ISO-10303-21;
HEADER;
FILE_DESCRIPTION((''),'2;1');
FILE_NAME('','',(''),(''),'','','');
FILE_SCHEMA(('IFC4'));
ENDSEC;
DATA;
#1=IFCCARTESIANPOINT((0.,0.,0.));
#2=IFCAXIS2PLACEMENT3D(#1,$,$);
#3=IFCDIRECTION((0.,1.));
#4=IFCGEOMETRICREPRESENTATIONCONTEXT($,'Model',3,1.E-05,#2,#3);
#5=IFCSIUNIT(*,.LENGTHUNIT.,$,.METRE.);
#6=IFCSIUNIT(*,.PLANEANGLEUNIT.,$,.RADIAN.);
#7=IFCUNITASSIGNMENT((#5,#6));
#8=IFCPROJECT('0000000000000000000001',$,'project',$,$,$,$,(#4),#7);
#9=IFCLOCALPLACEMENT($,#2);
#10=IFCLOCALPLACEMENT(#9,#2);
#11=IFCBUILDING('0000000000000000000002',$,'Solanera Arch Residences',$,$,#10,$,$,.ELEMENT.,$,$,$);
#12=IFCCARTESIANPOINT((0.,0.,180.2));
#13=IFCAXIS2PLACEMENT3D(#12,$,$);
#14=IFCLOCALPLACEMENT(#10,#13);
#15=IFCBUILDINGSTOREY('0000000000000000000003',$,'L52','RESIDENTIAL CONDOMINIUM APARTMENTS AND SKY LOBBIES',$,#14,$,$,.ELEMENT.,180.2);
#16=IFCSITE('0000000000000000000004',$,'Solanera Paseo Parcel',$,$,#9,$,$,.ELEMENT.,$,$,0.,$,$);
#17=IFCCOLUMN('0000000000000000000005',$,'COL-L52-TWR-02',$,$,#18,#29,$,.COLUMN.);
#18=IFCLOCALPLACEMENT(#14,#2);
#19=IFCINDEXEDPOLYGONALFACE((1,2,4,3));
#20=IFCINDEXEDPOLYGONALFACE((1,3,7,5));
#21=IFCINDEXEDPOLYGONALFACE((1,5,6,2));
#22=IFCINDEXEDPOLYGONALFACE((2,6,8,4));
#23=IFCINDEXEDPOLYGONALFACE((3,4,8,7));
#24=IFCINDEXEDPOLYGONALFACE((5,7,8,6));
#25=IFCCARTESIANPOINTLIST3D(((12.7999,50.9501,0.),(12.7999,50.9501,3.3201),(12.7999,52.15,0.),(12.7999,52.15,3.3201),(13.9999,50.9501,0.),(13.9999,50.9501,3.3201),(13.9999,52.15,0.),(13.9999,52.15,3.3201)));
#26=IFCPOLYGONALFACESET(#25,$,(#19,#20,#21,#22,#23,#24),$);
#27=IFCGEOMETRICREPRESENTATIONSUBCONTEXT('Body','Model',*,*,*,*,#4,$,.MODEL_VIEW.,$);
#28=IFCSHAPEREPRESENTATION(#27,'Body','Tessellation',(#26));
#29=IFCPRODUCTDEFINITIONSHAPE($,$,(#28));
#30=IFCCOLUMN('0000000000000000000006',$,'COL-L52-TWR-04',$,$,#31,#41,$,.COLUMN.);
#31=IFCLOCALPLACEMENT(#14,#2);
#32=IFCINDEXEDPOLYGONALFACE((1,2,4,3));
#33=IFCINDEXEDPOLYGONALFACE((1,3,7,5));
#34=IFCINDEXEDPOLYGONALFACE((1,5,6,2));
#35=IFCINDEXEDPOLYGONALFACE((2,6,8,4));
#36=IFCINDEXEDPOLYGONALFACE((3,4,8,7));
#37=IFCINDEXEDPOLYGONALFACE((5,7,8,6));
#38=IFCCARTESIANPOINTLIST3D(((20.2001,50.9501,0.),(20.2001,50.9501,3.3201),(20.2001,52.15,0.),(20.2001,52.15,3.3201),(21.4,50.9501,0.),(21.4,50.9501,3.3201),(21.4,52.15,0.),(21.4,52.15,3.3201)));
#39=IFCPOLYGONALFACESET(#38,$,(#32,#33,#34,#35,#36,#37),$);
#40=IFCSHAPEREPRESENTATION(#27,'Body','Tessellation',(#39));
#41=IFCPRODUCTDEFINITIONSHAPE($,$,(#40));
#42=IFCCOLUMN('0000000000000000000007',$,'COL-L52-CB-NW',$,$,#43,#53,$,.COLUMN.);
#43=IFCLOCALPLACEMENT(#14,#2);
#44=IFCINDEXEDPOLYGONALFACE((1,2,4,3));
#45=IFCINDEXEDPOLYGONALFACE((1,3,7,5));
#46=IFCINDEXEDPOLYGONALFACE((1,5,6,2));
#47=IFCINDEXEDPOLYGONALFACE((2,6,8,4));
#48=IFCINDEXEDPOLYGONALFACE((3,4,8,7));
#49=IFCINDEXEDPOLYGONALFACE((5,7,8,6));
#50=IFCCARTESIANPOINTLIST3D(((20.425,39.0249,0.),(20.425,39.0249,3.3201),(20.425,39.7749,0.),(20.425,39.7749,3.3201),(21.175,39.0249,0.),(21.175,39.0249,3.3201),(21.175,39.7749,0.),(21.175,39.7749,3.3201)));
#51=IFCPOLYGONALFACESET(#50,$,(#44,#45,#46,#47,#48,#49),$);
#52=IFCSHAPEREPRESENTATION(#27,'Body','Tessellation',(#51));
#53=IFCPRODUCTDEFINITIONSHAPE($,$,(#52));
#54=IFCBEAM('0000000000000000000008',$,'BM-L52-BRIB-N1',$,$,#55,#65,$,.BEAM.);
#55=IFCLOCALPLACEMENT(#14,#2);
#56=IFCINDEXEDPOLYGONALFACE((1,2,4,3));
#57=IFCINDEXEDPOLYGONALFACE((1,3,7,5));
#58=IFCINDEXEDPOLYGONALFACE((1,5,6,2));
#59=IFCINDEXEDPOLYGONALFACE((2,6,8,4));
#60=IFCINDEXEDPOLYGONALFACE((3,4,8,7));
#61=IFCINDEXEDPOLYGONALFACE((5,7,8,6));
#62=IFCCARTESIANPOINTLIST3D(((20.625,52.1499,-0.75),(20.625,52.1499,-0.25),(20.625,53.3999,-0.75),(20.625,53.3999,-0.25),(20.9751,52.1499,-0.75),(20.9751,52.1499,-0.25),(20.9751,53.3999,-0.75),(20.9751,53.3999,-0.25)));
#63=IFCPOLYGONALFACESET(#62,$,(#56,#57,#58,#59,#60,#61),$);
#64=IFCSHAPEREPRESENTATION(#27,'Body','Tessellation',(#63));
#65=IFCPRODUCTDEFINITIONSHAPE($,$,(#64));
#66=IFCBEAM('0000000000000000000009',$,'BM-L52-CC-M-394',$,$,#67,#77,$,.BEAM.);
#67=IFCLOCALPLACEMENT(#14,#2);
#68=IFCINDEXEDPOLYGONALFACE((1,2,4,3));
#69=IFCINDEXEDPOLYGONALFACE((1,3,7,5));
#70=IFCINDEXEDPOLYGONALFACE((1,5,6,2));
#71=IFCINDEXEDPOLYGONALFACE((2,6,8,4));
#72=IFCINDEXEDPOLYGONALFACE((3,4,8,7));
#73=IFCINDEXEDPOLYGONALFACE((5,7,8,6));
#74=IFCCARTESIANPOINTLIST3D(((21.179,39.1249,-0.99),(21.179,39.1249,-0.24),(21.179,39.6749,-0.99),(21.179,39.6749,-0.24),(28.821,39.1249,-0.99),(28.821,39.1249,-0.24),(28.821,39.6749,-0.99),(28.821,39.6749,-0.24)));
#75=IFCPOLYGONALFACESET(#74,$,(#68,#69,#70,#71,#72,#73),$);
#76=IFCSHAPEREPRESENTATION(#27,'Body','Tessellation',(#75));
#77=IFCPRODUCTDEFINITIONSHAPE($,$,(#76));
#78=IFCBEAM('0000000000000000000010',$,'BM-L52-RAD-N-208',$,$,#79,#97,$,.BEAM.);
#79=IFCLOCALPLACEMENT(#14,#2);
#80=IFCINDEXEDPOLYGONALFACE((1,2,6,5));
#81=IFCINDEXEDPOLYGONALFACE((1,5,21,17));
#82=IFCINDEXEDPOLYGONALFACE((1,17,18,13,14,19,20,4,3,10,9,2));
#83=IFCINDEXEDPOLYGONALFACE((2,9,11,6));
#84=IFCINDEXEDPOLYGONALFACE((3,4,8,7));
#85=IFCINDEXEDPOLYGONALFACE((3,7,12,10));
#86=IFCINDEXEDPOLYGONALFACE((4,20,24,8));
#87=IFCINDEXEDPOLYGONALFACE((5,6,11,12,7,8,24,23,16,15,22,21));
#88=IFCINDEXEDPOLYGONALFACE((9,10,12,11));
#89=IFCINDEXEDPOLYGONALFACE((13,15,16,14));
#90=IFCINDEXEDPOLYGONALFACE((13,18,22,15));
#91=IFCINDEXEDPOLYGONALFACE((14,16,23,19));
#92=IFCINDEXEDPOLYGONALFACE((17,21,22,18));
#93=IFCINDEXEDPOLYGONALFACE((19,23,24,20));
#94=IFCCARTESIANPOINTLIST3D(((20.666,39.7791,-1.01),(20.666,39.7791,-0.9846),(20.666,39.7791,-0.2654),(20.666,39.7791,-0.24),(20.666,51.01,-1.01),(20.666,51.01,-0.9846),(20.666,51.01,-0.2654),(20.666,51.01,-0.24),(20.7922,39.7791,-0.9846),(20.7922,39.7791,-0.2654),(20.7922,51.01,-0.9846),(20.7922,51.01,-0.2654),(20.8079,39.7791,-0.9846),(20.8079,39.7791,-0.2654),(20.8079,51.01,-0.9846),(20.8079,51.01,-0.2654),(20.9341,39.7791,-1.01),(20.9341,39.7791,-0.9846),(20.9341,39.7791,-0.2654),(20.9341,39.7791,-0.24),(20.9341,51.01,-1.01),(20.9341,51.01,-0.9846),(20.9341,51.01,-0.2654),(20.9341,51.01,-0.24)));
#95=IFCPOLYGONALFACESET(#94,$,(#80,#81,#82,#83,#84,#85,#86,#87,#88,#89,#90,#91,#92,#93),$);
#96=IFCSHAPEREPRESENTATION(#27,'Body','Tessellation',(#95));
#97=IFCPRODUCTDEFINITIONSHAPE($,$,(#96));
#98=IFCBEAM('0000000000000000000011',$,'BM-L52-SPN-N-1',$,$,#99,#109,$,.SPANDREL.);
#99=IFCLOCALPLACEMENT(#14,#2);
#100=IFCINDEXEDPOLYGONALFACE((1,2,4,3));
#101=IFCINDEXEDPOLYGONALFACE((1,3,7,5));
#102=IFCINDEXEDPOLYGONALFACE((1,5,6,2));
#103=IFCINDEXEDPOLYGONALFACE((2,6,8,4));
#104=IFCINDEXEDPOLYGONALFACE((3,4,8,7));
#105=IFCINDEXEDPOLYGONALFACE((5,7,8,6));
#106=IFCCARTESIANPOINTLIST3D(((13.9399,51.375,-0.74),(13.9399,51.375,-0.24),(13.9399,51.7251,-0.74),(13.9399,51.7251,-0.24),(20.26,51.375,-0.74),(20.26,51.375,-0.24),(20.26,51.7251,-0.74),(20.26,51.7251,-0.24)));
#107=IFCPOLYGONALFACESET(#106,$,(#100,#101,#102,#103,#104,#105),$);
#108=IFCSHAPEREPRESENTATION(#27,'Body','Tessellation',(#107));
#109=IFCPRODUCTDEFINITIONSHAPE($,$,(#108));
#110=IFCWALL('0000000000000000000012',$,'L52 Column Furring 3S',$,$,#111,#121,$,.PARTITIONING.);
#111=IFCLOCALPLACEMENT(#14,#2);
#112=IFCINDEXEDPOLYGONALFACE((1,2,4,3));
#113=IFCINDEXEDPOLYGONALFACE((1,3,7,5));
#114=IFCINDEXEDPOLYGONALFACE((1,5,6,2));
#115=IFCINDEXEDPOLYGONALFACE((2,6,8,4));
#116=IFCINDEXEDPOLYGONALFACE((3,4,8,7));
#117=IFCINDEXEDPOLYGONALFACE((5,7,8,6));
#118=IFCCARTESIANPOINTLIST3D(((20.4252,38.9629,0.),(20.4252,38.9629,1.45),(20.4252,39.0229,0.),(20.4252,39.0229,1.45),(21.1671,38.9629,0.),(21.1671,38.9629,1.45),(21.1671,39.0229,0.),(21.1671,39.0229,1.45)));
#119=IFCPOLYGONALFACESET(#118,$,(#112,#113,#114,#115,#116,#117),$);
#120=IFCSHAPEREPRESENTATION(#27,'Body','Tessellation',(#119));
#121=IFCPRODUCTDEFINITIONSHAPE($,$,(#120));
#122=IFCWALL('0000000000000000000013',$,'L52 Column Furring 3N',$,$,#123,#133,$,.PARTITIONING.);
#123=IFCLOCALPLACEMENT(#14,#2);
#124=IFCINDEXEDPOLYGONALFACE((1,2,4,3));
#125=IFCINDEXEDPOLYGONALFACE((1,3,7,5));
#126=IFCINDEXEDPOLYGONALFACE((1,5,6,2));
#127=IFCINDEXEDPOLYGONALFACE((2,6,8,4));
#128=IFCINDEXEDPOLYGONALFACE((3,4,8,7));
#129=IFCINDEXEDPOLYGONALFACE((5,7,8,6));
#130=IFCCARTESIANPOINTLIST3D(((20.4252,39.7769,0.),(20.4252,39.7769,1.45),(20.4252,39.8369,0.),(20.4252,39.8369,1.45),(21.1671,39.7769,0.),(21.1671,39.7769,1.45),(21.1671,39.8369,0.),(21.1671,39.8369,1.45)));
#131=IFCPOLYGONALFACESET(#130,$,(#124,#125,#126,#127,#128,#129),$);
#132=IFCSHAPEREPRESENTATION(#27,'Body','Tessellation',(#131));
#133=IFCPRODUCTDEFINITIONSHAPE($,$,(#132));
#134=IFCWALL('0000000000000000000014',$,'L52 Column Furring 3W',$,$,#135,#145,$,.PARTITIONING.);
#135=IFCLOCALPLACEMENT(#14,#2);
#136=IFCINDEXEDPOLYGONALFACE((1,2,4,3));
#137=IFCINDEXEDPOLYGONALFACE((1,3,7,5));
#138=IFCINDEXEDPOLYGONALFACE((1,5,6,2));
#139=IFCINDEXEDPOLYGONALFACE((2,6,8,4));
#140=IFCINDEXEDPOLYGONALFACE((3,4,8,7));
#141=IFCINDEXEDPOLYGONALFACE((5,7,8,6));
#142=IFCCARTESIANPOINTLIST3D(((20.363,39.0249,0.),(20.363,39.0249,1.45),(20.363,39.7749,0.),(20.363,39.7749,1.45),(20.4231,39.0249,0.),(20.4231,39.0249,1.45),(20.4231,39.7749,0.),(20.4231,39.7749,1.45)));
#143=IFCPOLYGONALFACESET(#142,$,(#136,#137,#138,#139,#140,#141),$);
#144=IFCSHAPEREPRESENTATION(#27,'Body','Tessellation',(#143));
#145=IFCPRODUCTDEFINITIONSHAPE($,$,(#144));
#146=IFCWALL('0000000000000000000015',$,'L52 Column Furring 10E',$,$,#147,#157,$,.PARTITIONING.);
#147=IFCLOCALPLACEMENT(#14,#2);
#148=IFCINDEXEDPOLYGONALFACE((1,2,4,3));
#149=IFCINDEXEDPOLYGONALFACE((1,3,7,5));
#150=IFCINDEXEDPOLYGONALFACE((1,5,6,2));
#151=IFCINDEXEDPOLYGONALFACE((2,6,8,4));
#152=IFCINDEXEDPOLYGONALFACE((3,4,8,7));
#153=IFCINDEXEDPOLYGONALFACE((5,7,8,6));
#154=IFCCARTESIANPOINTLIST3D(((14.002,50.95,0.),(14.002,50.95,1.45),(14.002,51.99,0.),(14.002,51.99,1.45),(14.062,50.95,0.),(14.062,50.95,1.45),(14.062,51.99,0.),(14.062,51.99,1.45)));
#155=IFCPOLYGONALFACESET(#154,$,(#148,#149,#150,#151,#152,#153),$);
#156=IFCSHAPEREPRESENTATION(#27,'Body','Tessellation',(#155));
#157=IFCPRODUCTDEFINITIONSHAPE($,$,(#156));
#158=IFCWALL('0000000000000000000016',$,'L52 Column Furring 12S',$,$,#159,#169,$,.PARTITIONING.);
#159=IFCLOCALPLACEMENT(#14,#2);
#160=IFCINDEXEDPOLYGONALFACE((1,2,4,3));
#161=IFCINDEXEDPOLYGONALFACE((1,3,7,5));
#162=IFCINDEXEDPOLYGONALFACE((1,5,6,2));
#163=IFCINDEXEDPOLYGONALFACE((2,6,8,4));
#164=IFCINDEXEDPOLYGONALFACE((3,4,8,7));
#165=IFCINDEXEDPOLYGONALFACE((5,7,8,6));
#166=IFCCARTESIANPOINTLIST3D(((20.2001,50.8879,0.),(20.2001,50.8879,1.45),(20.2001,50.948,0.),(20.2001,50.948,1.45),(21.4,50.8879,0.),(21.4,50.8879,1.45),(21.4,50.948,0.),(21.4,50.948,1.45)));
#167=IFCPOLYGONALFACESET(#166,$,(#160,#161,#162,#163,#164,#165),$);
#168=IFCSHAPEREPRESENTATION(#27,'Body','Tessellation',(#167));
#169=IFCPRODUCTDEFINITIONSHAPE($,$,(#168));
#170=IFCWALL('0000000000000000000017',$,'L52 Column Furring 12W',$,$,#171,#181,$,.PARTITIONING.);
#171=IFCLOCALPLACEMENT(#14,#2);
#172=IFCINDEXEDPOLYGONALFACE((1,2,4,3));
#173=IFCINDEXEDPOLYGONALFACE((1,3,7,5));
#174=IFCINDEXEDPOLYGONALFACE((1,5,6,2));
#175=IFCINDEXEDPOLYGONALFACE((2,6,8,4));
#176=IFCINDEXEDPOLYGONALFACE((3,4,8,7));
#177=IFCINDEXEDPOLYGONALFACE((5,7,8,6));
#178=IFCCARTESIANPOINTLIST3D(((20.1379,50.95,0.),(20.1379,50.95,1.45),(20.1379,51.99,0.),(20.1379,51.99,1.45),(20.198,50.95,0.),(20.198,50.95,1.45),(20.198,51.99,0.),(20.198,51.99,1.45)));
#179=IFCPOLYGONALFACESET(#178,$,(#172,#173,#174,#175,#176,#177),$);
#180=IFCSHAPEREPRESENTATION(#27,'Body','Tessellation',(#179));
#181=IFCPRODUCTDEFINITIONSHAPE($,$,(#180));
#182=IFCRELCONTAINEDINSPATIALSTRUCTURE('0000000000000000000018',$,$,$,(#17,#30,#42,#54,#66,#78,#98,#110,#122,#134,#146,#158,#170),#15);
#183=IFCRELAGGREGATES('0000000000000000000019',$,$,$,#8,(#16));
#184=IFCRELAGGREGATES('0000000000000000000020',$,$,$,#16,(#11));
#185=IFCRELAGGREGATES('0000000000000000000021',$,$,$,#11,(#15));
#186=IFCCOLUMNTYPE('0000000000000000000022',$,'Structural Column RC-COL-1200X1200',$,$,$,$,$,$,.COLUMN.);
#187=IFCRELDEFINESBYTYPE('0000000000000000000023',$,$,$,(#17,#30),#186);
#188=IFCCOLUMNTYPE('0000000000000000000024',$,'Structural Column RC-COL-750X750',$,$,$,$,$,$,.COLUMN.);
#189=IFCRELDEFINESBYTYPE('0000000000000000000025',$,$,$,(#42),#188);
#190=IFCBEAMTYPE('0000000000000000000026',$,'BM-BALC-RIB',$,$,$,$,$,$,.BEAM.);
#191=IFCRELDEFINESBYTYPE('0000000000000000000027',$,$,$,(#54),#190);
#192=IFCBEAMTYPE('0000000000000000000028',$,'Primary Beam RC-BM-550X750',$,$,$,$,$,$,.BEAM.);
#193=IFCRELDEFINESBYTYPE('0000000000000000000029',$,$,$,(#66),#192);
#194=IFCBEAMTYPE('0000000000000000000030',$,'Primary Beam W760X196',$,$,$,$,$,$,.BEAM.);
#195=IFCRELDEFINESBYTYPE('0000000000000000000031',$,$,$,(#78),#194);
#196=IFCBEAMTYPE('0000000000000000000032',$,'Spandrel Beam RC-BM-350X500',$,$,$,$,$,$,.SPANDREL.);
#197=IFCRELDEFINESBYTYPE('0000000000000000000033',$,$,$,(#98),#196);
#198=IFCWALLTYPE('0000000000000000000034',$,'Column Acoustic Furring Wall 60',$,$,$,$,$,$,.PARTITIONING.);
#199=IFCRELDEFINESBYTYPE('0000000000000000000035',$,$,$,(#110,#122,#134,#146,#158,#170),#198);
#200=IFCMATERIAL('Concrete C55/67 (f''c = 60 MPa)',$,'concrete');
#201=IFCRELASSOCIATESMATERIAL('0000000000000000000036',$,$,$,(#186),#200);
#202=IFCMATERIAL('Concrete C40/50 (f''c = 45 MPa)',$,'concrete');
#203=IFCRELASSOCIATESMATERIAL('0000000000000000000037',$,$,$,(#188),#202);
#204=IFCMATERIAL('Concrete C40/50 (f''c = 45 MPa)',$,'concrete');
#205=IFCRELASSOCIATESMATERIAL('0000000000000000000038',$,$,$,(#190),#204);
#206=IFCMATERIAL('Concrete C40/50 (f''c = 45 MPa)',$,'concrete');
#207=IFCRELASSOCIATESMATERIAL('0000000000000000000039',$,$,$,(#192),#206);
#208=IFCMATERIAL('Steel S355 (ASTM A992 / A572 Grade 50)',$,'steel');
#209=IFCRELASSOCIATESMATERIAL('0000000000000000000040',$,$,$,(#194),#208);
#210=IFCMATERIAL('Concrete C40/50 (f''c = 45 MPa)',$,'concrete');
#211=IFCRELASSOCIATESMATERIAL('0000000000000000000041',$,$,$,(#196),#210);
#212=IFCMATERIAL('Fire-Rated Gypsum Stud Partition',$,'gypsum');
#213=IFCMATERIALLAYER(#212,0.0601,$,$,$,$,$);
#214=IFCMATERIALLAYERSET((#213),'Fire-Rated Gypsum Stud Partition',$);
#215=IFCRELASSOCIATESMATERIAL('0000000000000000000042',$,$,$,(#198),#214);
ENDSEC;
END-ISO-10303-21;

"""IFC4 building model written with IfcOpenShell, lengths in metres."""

from ifc_helpers import new_model, si_unit, direction, frame, frame_2d, origin, origin_2d, place, context, subcontext, project, spatial, rectangle, i_section, extrude, material, layer, layer_set, material_profile, profile_set, type_object, element, save


model = new_model("IFC4")

# Units and contexts
model_context = context("Model", 3, precision=1e-05, world=origin(), true_north=direction((0.0, 1.0)))
body_context = subcontext(model_context, "Body", "Model", "MODEL_VIEW")
ifc_project = project(units=[si_unit("LENGTHUNIT", "METRE"), si_unit("PLANEANGLEUNIT", "RADIAN")], contexts=[model_context])

# Site, building, storey
site_placement = place(None, origin())
site = spatial("IfcSite", under=ifc_project, at=site_placement, Name="Solanera Paseo Parcel", CompositionType="ELEMENT", RefElevation=0.0)
building_placement = place(site_placement, origin())
building = spatial("IfcBuilding", under=site, at=building_placement, Name="Solanera Arch Residences", CompositionType="ELEMENT")
storey_placement = place(building_placement, frame((0.0, 0.0, 180.2)))
storey = spatial("IfcBuildingStorey", under=building, at=storey_placement, Name="L52", Description="RESIDENTIAL CONDOMINIUM APARTMENTS AND SKY LOBBIES", CompositionType="ELEMENT", Elevation=180.2)

# Columns
ifc_material_1 = material(Name="Concrete C55/67 (f'c = 60 MPa)", Category="concrete")
ifc_material_profile_1 = material_profile(ifc_material_1, rectangle(XDim=1.2, YDim=1.2, at=origin_2d()))
ifc_profile_set_1 = profile_set([ifc_material_profile_1], Name="Concrete C55/67 (f'c = 60 MPa)")
column_type_1 = type_object("IfcColumnType", Name="Structural Column RC-COL-1200X1200", PredefinedType="COLUMN", material=ifc_profile_set_1)
for number, where, z_axis, x_axis, name in (
    (1, (13.3999, 51.55, 0.0), (0.0, 0.0, 1.0), (1.0, 0.0, 0.0), "COL-L52-TWR-02"),
    (2, (20.8, 51.55, 0.0), (0.0, 0.0, 1.0), (1.0, 0.0, 0.0), "COL-L52-TWR-04"),
):
    element("IfcColumn", number, at=place(storey_placement, frame(where, z_axis=z_axis, x_axis=x_axis)), inside=storey, type_object=column_type_1, Name=name, PredefinedType="COLUMN", context=body_context, shape_type="SweptSolid", body=[
        extrude(rectangle(XDim=1.2, YDim=1.2, at=origin_2d()), origin(), (0.0, 0.0, 1.0), 3.3201),
    ])
ifc_material_2 = material(Name="Concrete C40/50 (f'c = 45 MPa)", Category="concrete")
ifc_material_profile_2 = material_profile(ifc_material_2, rectangle(XDim=0.75, YDim=0.75, at=origin_2d()))
ifc_profile_set_2 = profile_set([ifc_material_profile_2], Name="Concrete C40/50 (f'c = 45 MPa)")
column_type_2 = type_object("IfcColumnType", Name="Structural Column RC-COL-750X750", PredefinedType="COLUMN", material=ifc_profile_set_2)
column_placement = place(storey_placement, frame((20.8, 39.3999, 0.0), z_axis=(0.0, 0.0, 1.0), x_axis=(1.0, 0.0, 0.0)))
element("IfcColumn", 3, at=column_placement, inside=storey, type_object=column_type_2, Name="COL-L52-CB-NW", PredefinedType="COLUMN", context=body_context, shape_type="SweptSolid", body=[
    extrude(rectangle(XDim=0.75, YDim=0.75, at=origin_2d()), origin(), (0.0, 0.0, 1.0), 3.3201),
])

# Beams
ifc_material_3 = material(Name="Concrete C40/50 (f'c = 45 MPa)", Category="concrete")
ifc_material_profile_3 = material_profile(ifc_material_3, rectangle(XDim=0.3501, YDim=0.5, at=origin_2d()))
ifc_profile_set_3 = profile_set([ifc_material_profile_3], Name="Concrete C40/50 (f'c = 45 MPa)")
beam_type_1 = type_object("IfcBeamType", Name="BM-BALC-RIB", PredefinedType="BEAM", material=ifc_profile_set_3)
beam_1_placement = place(storey_placement, frame((20.8, 52.1499, -0.5), z_axis=(0.0, 1.0, 0.0), x_axis=(-1.0, 0.0, 0.0)))
element("IfcBeam", 4, at=beam_1_placement, inside=storey, type_object=beam_type_1, Name="BM-L52-BRIB-N1", PredefinedType="BEAM", context=body_context, shape_type="SweptSolid", body=[
    extrude(rectangle(XDim=0.3501, YDim=0.5, at=origin_2d()), origin(), (0.0, 0.0, 1.0), 1.25),
])
ifc_material_4 = material(Name="Concrete C40/50 (f'c = 45 MPa)", Category="concrete")
ifc_material_profile_4 = material_profile(ifc_material_4, rectangle(XDim=0.55, YDim=0.75, at=origin_2d()))
ifc_profile_set_4 = profile_set([ifc_material_profile_4], Name="Concrete C40/50 (f'c = 45 MPa)")
beam_type_2 = type_object("IfcBeamType", Name="Primary Beam RC-BM-550X750", PredefinedType="BEAM", material=ifc_profile_set_4)
beam_2_placement = place(storey_placement, frame((21.179, 39.3999, -0.615), z_axis=(1.0, 0.0, 0.0), x_axis=(0.0, 1.0, 0.0)))
element("IfcBeam", 5, at=beam_2_placement, inside=storey, type_object=beam_type_2, Name="BM-L52-CC-M-394", PredefinedType="BEAM", context=body_context, shape_type="SweptSolid", body=[
    extrude(rectangle(XDim=0.55, YDim=0.75, at=origin_2d()), origin(), (0.0, 0.0, 1.0), 7.6421),
])
ifc_material_5 = material(Name="Steel S355 (ASTM A992 / A572 Grade 50)", Category="steel")
ifc_material_profile_5 = material_profile(ifc_material_5, i_section(OverallWidth=0.2681, OverallDepth=0.77, WebThickness=0.0156, FlangeThickness=0.0254, at=origin_2d()))
ifc_profile_set_5 = profile_set([ifc_material_profile_5], Name="Steel S355 (ASTM A992 / A572 Grade 50)")
beam_type_3 = type_object("IfcBeamType", Name="Primary Beam W760X196", PredefinedType="BEAM", material=ifc_profile_set_5)
beam_3_placement = place(storey_placement, frame((20.8, 39.7791, -0.625), z_axis=(0.0, 1.0, 0.0), x_axis=(-1.0, 0.0, 0.0)))
element("IfcBeam", 6, at=beam_3_placement, inside=storey, type_object=beam_type_3, Name="BM-L52-RAD-N-208", PredefinedType="BEAM", context=body_context, shape_type="SweptSolid", body=[
    extrude(i_section(OverallWidth=0.2681, OverallDepth=0.77, WebThickness=0.0156, FlangeThickness=0.0254, at=origin_2d()), origin(), (0.0, 0.0, 1.0), 11.231),
])
ifc_material_6 = material(Name="Concrete C40/50 (f'c = 45 MPa)", Category="concrete")
ifc_material_profile_6 = material_profile(ifc_material_6, rectangle(XDim=0.3501, YDim=0.5, at=origin_2d()))
ifc_profile_set_6 = profile_set([ifc_material_profile_6], Name="Concrete C40/50 (f'c = 45 MPa)")
beam_type_4 = type_object("IfcBeamType", Name="Spandrel Beam RC-BM-350X500", PredefinedType="SPANDREL", material=ifc_profile_set_6)
beam_4_placement = place(storey_placement, frame((13.9399, 51.55, -0.49), z_axis=(1.0, 0.0, 0.0), x_axis=(0.0, 1.0, 0.0)))
element("IfcBeam", 7, at=beam_4_placement, inside=storey, type_object=beam_type_4, Name="BM-L52-SPN-N-1", PredefinedType="SPANDREL", context=body_context, shape_type="SweptSolid", body=[
    extrude(rectangle(XDim=0.3501, YDim=0.5, at=origin_2d()), origin(), (0.0, 0.0, 1.0), 6.3201),
])

# Walls
ifc_material_7 = material(Name="Fire-Rated Gypsum Stud Partition", Category="gypsum")
ifc_layer_1 = layer(ifc_material_7, 0.0601)
ifc_layer_set_1 = layer_set([ifc_layer_1], Name="Fire-Rated Gypsum Stud Partition")
wall_type_1 = type_object("IfcWallType", Name="Column Acoustic Furring Wall 60", PredefinedType="PARTITIONING", material=ifc_layer_set_1)
for number, where, z_axis, x_axis, name in (
    (8, (20.425, 38.9929, 0.0), (0.0, 0.0, 1.0), (1.0, 0.0, 0.0), "L52 Column Furring 3S"),
    (9, (20.425, 39.8069, 0.0), (0.0, 0.0, 1.0), (1.0, 0.0, 0.0), "L52 Column Furring 3N"),
):
    element("IfcWall", number, at=place(storey_placement, frame(where, z_axis=z_axis, x_axis=x_axis)), inside=storey, type_object=wall_type_1, Name=name, PredefinedType="PARTITIONING", context=body_context, shape_type="SweptSolid", body=[
        extrude(rectangle(XDim=0.7419, YDim=0.0601, at=frame_2d((0.3711, 0.0))), origin(), (0.0, 0.0, 1.0), 1.45),
    ])
wall_1_placement = place(storey_placement, frame((20.3931, 39.0249, 0.0), z_axis=(0.0, 0.0, 1.0), x_axis=(0.0, 1.0, 0.0)))
element("IfcWall", 10, at=wall_1_placement, inside=storey, type_object=wall_type_1, Name="L52 Column Furring 3W", PredefinedType="PARTITIONING", context=body_context, shape_type="SweptSolid", body=[
    extrude(rectangle(XDim=0.75, YDim=0.0601, at=frame_2d((0.375, 0.0))), origin(), (0.0, 0.0, 1.0), 1.45),
])
wall_2_placement = place(storey_placement, frame((14.032, 50.95, 0.0), z_axis=(0.0, 0.0, 1.0), x_axis=(0.0, 1.0, 0.0)))
element("IfcWall", 11, at=wall_2_placement, inside=storey, type_object=wall_type_1, Name="L52 Column Furring 10E", PredefinedType="PARTITIONING", context=body_context, shape_type="SweptSolid", body=[
    extrude(rectangle(XDim=1.04, YDim=0.0601, at=frame_2d((0.52, 0.0))), origin(), (0.0, 0.0, 1.0), 1.45),
])
wall_3_placement = place(storey_placement, frame((20.2, 50.918, 0.0), z_axis=(0.0, 0.0, 1.0), x_axis=(1.0, 0.0, 0.0)))
element("IfcWall", 12, at=wall_3_placement, inside=storey, type_object=wall_type_1, Name="L52 Column Furring 12S", PredefinedType="PARTITIONING", context=body_context, shape_type="SweptSolid", body=[
    extrude(rectangle(XDim=1.2, YDim=0.0601, at=frame_2d((0.6001, 0.0))), origin(), (0.0, 0.0, 1.0), 1.45),
])
wall_4_placement = place(storey_placement, frame((20.168, 50.95, 0.0), z_axis=(0.0, 0.0, 1.0), x_axis=(0.0, 1.0, 0.0)))
element("IfcWall", 13, at=wall_4_placement, inside=storey, type_object=wall_type_1, Name="L52 Column Furring 12W", PredefinedType="PARTITIONING", context=body_context, shape_type="SweptSolid", body=[
    extrude(rectangle(XDim=1.04, YDim=0.0601, at=frame_2d((0.52, 0.0))), origin(), (0.0, 0.0, 1.0), 1.45),
])

save(model, "model.ifc")
